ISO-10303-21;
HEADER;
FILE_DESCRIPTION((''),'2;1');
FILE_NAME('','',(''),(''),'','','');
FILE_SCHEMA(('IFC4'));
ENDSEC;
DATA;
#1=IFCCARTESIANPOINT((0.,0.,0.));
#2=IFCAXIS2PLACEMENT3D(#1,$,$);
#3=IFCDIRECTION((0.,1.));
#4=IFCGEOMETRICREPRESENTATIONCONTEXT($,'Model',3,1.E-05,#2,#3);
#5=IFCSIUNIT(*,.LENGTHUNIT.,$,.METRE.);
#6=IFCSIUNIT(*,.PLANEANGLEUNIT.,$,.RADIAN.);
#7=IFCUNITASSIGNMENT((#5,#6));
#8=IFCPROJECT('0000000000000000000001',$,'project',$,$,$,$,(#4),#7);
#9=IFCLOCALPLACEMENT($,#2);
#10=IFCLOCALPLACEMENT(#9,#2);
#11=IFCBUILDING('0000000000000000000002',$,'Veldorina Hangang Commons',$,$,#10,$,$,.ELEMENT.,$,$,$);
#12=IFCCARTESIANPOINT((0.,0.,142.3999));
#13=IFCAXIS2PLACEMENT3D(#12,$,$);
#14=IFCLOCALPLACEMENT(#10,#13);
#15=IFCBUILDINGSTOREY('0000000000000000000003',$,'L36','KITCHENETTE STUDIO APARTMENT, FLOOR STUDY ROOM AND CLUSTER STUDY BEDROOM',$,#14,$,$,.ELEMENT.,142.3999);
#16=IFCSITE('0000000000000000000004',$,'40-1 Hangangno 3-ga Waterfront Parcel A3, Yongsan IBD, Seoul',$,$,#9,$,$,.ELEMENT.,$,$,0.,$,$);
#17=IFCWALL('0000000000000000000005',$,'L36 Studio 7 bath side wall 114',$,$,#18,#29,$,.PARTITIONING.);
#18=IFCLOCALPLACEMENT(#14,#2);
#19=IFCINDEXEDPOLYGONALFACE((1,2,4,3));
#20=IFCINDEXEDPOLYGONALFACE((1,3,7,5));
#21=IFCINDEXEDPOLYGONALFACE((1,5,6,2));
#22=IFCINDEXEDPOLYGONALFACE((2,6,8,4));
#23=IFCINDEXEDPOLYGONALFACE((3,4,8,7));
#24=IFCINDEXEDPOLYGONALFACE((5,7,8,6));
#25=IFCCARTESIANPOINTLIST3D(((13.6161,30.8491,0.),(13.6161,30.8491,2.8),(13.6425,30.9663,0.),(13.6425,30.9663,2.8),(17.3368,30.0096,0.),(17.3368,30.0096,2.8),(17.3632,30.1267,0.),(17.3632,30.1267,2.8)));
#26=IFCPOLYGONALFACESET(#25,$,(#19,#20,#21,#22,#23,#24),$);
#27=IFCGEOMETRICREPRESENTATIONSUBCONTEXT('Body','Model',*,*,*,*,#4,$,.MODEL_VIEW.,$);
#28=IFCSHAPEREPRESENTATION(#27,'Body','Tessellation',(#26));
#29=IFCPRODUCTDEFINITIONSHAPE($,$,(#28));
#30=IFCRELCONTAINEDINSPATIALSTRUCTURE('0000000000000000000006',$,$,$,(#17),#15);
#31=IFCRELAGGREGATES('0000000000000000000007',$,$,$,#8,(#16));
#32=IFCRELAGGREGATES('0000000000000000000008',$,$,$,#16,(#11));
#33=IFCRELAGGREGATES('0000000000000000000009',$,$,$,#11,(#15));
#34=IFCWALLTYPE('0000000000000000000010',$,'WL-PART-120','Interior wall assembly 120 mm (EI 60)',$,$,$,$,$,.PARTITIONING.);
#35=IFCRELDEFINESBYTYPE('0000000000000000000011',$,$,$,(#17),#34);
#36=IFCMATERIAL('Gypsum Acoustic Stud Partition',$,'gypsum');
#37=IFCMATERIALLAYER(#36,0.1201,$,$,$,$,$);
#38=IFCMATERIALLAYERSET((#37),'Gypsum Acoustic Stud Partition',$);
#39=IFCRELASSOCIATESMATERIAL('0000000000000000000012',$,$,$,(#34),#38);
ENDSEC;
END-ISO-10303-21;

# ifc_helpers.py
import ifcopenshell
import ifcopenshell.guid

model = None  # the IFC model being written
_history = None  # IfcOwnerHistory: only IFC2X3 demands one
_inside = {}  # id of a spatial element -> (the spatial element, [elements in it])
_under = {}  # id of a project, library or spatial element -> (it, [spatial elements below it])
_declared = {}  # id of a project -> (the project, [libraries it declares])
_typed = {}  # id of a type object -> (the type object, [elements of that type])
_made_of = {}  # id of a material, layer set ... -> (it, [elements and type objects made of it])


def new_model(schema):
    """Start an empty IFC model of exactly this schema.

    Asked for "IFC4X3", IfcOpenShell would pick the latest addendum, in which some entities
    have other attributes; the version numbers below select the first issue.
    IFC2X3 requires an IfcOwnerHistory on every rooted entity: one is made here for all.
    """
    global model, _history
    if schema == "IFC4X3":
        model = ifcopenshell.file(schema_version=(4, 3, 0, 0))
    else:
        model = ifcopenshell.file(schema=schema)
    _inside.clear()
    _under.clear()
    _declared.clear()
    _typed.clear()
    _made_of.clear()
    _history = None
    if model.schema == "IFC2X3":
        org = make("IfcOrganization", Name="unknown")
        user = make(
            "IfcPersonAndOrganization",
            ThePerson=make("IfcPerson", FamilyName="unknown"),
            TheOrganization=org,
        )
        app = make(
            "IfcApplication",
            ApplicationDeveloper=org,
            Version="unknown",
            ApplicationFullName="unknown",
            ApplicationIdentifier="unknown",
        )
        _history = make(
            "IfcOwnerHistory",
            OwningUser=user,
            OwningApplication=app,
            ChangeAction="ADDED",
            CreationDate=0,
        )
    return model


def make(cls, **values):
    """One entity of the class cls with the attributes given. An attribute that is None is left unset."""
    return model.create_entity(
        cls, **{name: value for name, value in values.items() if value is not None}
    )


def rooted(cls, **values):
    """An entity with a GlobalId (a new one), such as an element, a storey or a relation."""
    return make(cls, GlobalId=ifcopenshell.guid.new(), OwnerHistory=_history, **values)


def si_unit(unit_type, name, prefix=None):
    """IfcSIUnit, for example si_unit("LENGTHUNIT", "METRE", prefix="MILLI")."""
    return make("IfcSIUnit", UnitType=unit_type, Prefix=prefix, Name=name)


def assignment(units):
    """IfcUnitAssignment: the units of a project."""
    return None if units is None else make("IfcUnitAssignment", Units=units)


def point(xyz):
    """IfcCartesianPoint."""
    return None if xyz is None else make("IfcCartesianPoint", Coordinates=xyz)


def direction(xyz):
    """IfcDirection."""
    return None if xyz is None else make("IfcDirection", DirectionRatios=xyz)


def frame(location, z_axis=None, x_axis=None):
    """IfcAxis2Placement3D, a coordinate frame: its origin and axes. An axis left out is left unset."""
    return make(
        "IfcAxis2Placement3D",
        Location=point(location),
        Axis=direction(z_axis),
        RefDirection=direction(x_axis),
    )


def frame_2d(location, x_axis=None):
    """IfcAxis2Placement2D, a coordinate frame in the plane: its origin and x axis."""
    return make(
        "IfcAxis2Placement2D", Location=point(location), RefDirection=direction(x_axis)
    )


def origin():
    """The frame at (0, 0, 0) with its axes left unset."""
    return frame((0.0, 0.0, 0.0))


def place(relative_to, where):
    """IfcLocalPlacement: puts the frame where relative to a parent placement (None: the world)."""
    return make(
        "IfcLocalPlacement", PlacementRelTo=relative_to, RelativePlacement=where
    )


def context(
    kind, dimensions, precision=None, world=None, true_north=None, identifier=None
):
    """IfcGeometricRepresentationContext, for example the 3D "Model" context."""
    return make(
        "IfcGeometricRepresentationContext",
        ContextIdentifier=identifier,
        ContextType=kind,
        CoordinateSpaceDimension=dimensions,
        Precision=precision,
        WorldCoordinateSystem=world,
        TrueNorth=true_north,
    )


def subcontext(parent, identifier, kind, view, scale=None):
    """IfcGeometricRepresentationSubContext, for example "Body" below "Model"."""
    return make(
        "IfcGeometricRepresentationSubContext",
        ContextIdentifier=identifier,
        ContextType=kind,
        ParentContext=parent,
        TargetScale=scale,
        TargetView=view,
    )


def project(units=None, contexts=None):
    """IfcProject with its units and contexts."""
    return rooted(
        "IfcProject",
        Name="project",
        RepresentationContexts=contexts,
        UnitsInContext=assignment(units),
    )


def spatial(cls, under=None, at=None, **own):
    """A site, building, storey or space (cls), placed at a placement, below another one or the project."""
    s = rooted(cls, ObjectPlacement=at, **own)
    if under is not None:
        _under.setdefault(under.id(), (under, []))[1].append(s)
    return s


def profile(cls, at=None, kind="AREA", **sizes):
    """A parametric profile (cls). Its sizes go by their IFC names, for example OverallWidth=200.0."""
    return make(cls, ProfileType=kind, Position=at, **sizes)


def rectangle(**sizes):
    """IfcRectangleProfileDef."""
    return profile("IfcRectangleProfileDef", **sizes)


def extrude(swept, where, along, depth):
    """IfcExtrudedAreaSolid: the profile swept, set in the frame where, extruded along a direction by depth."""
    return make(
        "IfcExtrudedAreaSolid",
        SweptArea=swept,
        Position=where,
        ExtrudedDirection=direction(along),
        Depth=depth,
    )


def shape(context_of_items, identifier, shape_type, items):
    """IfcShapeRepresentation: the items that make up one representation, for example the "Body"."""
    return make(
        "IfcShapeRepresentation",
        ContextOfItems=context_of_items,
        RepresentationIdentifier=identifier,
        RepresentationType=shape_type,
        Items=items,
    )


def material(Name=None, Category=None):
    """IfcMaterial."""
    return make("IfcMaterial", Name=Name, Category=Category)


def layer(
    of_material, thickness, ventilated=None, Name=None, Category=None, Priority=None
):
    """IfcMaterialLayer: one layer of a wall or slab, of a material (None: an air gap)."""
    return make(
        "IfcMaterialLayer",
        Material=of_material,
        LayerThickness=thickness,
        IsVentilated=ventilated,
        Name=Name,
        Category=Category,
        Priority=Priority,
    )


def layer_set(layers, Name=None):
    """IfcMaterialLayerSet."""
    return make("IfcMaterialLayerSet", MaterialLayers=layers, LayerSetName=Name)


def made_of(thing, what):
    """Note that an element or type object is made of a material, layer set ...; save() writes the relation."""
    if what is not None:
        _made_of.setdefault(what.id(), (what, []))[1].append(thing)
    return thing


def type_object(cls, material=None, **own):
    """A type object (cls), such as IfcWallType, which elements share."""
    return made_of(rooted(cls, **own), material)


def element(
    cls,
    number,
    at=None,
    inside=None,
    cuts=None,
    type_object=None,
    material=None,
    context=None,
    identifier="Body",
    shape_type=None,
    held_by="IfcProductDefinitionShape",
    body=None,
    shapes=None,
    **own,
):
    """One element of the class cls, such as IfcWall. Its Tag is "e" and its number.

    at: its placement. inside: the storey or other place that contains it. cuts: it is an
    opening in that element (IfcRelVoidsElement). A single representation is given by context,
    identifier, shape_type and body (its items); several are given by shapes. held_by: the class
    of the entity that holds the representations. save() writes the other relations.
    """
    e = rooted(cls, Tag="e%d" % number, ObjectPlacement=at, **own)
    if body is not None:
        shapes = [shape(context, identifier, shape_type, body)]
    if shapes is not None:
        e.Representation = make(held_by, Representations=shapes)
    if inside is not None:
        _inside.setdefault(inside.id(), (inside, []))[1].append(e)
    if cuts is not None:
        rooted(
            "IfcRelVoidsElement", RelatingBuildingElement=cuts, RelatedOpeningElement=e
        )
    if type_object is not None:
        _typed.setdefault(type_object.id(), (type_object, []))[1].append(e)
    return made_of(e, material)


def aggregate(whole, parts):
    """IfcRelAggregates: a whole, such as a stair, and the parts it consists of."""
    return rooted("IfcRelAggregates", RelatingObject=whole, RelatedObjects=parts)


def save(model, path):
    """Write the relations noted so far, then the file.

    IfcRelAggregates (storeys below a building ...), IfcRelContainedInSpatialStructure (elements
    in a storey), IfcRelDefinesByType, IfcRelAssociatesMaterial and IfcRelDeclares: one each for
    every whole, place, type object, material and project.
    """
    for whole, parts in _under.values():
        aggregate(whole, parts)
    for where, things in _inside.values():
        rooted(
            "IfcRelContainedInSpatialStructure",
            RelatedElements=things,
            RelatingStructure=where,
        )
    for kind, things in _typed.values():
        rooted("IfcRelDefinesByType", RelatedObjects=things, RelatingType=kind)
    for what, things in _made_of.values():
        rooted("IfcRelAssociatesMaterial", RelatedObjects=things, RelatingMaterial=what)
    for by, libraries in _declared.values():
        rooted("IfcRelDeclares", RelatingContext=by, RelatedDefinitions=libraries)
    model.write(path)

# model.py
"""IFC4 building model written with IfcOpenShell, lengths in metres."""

from ifc_helpers import new_model, si_unit, direction, frame, frame_2d, origin, place, context, subcontext, project, spatial, rectangle, extrude, material, layer, layer_set, type_object, element, save


model = new_model("IFC4")

# Units and contexts
model_context = context("Model", 3, precision=1e-05, world=origin(), true_north=direction((0.0, 1.0)))
body_context = subcontext(model_context, "Body", "Model", "MODEL_VIEW")
ifc_project = project(units=[si_unit("LENGTHUNIT", "METRE"), si_unit("PLANEANGLEUNIT", "RADIAN")], contexts=[model_context])

# Site, building, storey
site_placement = place(None, origin())
site = spatial("IfcSite", under=ifc_project, at=site_placement, Name="40-1 Hangangno 3-ga Waterfront Parcel A3, Yongsan IBD, Seoul", CompositionType="ELEMENT", RefElevation=0.0)
building_placement = place(site_placement, origin())
building = spatial("IfcBuilding", under=site, at=building_placement, Name="Veldorina Hangang Commons", CompositionType="ELEMENT")
storey_placement = place(building_placement, frame((0.0, 0.0, 142.3999)))
storey = spatial("IfcBuildingStorey", under=building, at=storey_placement, Name="L36", Description="KITCHENETTE STUDIO APARTMENT, FLOOR STUDY ROOM AND CLUSTER STUDY BEDROOM", CompositionType="ELEMENT", Elevation=142.3999)

# Wall
ifc_material_1 = material(Name="Gypsum Acoustic Stud Partition", Category="gypsum")
ifc_layer_1 = layer(ifc_material_1, 0.1201)
ifc_layer_set_1 = layer_set([ifc_layer_1], Name="Gypsum Acoustic Stud Partition")
wall_type_1 = type_object("IfcWallType", Name="WL-PART-120", Description="Interior wall assembly 120 mm (EI 60)", PredefinedType="PARTITIONING", material=ifc_layer_set_1)
wall_1_placement = place(storey_placement, frame((17.3501, 30.0681, 0.0), z_axis=(0.0, 0.0, 1.0), x_axis=(-0.975472, 0.220121, 0.0)))
element("IfcWall", 1, at=wall_1_placement, inside=storey, type_object=wall_type_1, Name="L36 Studio 7 bath side wall 114", PredefinedType="PARTITIONING", context=body_context, shape_type="SweptSolid", body=[
    extrude(rectangle(XDim=3.8142, YDim=0.1201, at=frame_2d((1.9072, 0.0))), origin(), (0.0, 0.0, 1.0), 2.8),
])

save(model, "model.ifc")
